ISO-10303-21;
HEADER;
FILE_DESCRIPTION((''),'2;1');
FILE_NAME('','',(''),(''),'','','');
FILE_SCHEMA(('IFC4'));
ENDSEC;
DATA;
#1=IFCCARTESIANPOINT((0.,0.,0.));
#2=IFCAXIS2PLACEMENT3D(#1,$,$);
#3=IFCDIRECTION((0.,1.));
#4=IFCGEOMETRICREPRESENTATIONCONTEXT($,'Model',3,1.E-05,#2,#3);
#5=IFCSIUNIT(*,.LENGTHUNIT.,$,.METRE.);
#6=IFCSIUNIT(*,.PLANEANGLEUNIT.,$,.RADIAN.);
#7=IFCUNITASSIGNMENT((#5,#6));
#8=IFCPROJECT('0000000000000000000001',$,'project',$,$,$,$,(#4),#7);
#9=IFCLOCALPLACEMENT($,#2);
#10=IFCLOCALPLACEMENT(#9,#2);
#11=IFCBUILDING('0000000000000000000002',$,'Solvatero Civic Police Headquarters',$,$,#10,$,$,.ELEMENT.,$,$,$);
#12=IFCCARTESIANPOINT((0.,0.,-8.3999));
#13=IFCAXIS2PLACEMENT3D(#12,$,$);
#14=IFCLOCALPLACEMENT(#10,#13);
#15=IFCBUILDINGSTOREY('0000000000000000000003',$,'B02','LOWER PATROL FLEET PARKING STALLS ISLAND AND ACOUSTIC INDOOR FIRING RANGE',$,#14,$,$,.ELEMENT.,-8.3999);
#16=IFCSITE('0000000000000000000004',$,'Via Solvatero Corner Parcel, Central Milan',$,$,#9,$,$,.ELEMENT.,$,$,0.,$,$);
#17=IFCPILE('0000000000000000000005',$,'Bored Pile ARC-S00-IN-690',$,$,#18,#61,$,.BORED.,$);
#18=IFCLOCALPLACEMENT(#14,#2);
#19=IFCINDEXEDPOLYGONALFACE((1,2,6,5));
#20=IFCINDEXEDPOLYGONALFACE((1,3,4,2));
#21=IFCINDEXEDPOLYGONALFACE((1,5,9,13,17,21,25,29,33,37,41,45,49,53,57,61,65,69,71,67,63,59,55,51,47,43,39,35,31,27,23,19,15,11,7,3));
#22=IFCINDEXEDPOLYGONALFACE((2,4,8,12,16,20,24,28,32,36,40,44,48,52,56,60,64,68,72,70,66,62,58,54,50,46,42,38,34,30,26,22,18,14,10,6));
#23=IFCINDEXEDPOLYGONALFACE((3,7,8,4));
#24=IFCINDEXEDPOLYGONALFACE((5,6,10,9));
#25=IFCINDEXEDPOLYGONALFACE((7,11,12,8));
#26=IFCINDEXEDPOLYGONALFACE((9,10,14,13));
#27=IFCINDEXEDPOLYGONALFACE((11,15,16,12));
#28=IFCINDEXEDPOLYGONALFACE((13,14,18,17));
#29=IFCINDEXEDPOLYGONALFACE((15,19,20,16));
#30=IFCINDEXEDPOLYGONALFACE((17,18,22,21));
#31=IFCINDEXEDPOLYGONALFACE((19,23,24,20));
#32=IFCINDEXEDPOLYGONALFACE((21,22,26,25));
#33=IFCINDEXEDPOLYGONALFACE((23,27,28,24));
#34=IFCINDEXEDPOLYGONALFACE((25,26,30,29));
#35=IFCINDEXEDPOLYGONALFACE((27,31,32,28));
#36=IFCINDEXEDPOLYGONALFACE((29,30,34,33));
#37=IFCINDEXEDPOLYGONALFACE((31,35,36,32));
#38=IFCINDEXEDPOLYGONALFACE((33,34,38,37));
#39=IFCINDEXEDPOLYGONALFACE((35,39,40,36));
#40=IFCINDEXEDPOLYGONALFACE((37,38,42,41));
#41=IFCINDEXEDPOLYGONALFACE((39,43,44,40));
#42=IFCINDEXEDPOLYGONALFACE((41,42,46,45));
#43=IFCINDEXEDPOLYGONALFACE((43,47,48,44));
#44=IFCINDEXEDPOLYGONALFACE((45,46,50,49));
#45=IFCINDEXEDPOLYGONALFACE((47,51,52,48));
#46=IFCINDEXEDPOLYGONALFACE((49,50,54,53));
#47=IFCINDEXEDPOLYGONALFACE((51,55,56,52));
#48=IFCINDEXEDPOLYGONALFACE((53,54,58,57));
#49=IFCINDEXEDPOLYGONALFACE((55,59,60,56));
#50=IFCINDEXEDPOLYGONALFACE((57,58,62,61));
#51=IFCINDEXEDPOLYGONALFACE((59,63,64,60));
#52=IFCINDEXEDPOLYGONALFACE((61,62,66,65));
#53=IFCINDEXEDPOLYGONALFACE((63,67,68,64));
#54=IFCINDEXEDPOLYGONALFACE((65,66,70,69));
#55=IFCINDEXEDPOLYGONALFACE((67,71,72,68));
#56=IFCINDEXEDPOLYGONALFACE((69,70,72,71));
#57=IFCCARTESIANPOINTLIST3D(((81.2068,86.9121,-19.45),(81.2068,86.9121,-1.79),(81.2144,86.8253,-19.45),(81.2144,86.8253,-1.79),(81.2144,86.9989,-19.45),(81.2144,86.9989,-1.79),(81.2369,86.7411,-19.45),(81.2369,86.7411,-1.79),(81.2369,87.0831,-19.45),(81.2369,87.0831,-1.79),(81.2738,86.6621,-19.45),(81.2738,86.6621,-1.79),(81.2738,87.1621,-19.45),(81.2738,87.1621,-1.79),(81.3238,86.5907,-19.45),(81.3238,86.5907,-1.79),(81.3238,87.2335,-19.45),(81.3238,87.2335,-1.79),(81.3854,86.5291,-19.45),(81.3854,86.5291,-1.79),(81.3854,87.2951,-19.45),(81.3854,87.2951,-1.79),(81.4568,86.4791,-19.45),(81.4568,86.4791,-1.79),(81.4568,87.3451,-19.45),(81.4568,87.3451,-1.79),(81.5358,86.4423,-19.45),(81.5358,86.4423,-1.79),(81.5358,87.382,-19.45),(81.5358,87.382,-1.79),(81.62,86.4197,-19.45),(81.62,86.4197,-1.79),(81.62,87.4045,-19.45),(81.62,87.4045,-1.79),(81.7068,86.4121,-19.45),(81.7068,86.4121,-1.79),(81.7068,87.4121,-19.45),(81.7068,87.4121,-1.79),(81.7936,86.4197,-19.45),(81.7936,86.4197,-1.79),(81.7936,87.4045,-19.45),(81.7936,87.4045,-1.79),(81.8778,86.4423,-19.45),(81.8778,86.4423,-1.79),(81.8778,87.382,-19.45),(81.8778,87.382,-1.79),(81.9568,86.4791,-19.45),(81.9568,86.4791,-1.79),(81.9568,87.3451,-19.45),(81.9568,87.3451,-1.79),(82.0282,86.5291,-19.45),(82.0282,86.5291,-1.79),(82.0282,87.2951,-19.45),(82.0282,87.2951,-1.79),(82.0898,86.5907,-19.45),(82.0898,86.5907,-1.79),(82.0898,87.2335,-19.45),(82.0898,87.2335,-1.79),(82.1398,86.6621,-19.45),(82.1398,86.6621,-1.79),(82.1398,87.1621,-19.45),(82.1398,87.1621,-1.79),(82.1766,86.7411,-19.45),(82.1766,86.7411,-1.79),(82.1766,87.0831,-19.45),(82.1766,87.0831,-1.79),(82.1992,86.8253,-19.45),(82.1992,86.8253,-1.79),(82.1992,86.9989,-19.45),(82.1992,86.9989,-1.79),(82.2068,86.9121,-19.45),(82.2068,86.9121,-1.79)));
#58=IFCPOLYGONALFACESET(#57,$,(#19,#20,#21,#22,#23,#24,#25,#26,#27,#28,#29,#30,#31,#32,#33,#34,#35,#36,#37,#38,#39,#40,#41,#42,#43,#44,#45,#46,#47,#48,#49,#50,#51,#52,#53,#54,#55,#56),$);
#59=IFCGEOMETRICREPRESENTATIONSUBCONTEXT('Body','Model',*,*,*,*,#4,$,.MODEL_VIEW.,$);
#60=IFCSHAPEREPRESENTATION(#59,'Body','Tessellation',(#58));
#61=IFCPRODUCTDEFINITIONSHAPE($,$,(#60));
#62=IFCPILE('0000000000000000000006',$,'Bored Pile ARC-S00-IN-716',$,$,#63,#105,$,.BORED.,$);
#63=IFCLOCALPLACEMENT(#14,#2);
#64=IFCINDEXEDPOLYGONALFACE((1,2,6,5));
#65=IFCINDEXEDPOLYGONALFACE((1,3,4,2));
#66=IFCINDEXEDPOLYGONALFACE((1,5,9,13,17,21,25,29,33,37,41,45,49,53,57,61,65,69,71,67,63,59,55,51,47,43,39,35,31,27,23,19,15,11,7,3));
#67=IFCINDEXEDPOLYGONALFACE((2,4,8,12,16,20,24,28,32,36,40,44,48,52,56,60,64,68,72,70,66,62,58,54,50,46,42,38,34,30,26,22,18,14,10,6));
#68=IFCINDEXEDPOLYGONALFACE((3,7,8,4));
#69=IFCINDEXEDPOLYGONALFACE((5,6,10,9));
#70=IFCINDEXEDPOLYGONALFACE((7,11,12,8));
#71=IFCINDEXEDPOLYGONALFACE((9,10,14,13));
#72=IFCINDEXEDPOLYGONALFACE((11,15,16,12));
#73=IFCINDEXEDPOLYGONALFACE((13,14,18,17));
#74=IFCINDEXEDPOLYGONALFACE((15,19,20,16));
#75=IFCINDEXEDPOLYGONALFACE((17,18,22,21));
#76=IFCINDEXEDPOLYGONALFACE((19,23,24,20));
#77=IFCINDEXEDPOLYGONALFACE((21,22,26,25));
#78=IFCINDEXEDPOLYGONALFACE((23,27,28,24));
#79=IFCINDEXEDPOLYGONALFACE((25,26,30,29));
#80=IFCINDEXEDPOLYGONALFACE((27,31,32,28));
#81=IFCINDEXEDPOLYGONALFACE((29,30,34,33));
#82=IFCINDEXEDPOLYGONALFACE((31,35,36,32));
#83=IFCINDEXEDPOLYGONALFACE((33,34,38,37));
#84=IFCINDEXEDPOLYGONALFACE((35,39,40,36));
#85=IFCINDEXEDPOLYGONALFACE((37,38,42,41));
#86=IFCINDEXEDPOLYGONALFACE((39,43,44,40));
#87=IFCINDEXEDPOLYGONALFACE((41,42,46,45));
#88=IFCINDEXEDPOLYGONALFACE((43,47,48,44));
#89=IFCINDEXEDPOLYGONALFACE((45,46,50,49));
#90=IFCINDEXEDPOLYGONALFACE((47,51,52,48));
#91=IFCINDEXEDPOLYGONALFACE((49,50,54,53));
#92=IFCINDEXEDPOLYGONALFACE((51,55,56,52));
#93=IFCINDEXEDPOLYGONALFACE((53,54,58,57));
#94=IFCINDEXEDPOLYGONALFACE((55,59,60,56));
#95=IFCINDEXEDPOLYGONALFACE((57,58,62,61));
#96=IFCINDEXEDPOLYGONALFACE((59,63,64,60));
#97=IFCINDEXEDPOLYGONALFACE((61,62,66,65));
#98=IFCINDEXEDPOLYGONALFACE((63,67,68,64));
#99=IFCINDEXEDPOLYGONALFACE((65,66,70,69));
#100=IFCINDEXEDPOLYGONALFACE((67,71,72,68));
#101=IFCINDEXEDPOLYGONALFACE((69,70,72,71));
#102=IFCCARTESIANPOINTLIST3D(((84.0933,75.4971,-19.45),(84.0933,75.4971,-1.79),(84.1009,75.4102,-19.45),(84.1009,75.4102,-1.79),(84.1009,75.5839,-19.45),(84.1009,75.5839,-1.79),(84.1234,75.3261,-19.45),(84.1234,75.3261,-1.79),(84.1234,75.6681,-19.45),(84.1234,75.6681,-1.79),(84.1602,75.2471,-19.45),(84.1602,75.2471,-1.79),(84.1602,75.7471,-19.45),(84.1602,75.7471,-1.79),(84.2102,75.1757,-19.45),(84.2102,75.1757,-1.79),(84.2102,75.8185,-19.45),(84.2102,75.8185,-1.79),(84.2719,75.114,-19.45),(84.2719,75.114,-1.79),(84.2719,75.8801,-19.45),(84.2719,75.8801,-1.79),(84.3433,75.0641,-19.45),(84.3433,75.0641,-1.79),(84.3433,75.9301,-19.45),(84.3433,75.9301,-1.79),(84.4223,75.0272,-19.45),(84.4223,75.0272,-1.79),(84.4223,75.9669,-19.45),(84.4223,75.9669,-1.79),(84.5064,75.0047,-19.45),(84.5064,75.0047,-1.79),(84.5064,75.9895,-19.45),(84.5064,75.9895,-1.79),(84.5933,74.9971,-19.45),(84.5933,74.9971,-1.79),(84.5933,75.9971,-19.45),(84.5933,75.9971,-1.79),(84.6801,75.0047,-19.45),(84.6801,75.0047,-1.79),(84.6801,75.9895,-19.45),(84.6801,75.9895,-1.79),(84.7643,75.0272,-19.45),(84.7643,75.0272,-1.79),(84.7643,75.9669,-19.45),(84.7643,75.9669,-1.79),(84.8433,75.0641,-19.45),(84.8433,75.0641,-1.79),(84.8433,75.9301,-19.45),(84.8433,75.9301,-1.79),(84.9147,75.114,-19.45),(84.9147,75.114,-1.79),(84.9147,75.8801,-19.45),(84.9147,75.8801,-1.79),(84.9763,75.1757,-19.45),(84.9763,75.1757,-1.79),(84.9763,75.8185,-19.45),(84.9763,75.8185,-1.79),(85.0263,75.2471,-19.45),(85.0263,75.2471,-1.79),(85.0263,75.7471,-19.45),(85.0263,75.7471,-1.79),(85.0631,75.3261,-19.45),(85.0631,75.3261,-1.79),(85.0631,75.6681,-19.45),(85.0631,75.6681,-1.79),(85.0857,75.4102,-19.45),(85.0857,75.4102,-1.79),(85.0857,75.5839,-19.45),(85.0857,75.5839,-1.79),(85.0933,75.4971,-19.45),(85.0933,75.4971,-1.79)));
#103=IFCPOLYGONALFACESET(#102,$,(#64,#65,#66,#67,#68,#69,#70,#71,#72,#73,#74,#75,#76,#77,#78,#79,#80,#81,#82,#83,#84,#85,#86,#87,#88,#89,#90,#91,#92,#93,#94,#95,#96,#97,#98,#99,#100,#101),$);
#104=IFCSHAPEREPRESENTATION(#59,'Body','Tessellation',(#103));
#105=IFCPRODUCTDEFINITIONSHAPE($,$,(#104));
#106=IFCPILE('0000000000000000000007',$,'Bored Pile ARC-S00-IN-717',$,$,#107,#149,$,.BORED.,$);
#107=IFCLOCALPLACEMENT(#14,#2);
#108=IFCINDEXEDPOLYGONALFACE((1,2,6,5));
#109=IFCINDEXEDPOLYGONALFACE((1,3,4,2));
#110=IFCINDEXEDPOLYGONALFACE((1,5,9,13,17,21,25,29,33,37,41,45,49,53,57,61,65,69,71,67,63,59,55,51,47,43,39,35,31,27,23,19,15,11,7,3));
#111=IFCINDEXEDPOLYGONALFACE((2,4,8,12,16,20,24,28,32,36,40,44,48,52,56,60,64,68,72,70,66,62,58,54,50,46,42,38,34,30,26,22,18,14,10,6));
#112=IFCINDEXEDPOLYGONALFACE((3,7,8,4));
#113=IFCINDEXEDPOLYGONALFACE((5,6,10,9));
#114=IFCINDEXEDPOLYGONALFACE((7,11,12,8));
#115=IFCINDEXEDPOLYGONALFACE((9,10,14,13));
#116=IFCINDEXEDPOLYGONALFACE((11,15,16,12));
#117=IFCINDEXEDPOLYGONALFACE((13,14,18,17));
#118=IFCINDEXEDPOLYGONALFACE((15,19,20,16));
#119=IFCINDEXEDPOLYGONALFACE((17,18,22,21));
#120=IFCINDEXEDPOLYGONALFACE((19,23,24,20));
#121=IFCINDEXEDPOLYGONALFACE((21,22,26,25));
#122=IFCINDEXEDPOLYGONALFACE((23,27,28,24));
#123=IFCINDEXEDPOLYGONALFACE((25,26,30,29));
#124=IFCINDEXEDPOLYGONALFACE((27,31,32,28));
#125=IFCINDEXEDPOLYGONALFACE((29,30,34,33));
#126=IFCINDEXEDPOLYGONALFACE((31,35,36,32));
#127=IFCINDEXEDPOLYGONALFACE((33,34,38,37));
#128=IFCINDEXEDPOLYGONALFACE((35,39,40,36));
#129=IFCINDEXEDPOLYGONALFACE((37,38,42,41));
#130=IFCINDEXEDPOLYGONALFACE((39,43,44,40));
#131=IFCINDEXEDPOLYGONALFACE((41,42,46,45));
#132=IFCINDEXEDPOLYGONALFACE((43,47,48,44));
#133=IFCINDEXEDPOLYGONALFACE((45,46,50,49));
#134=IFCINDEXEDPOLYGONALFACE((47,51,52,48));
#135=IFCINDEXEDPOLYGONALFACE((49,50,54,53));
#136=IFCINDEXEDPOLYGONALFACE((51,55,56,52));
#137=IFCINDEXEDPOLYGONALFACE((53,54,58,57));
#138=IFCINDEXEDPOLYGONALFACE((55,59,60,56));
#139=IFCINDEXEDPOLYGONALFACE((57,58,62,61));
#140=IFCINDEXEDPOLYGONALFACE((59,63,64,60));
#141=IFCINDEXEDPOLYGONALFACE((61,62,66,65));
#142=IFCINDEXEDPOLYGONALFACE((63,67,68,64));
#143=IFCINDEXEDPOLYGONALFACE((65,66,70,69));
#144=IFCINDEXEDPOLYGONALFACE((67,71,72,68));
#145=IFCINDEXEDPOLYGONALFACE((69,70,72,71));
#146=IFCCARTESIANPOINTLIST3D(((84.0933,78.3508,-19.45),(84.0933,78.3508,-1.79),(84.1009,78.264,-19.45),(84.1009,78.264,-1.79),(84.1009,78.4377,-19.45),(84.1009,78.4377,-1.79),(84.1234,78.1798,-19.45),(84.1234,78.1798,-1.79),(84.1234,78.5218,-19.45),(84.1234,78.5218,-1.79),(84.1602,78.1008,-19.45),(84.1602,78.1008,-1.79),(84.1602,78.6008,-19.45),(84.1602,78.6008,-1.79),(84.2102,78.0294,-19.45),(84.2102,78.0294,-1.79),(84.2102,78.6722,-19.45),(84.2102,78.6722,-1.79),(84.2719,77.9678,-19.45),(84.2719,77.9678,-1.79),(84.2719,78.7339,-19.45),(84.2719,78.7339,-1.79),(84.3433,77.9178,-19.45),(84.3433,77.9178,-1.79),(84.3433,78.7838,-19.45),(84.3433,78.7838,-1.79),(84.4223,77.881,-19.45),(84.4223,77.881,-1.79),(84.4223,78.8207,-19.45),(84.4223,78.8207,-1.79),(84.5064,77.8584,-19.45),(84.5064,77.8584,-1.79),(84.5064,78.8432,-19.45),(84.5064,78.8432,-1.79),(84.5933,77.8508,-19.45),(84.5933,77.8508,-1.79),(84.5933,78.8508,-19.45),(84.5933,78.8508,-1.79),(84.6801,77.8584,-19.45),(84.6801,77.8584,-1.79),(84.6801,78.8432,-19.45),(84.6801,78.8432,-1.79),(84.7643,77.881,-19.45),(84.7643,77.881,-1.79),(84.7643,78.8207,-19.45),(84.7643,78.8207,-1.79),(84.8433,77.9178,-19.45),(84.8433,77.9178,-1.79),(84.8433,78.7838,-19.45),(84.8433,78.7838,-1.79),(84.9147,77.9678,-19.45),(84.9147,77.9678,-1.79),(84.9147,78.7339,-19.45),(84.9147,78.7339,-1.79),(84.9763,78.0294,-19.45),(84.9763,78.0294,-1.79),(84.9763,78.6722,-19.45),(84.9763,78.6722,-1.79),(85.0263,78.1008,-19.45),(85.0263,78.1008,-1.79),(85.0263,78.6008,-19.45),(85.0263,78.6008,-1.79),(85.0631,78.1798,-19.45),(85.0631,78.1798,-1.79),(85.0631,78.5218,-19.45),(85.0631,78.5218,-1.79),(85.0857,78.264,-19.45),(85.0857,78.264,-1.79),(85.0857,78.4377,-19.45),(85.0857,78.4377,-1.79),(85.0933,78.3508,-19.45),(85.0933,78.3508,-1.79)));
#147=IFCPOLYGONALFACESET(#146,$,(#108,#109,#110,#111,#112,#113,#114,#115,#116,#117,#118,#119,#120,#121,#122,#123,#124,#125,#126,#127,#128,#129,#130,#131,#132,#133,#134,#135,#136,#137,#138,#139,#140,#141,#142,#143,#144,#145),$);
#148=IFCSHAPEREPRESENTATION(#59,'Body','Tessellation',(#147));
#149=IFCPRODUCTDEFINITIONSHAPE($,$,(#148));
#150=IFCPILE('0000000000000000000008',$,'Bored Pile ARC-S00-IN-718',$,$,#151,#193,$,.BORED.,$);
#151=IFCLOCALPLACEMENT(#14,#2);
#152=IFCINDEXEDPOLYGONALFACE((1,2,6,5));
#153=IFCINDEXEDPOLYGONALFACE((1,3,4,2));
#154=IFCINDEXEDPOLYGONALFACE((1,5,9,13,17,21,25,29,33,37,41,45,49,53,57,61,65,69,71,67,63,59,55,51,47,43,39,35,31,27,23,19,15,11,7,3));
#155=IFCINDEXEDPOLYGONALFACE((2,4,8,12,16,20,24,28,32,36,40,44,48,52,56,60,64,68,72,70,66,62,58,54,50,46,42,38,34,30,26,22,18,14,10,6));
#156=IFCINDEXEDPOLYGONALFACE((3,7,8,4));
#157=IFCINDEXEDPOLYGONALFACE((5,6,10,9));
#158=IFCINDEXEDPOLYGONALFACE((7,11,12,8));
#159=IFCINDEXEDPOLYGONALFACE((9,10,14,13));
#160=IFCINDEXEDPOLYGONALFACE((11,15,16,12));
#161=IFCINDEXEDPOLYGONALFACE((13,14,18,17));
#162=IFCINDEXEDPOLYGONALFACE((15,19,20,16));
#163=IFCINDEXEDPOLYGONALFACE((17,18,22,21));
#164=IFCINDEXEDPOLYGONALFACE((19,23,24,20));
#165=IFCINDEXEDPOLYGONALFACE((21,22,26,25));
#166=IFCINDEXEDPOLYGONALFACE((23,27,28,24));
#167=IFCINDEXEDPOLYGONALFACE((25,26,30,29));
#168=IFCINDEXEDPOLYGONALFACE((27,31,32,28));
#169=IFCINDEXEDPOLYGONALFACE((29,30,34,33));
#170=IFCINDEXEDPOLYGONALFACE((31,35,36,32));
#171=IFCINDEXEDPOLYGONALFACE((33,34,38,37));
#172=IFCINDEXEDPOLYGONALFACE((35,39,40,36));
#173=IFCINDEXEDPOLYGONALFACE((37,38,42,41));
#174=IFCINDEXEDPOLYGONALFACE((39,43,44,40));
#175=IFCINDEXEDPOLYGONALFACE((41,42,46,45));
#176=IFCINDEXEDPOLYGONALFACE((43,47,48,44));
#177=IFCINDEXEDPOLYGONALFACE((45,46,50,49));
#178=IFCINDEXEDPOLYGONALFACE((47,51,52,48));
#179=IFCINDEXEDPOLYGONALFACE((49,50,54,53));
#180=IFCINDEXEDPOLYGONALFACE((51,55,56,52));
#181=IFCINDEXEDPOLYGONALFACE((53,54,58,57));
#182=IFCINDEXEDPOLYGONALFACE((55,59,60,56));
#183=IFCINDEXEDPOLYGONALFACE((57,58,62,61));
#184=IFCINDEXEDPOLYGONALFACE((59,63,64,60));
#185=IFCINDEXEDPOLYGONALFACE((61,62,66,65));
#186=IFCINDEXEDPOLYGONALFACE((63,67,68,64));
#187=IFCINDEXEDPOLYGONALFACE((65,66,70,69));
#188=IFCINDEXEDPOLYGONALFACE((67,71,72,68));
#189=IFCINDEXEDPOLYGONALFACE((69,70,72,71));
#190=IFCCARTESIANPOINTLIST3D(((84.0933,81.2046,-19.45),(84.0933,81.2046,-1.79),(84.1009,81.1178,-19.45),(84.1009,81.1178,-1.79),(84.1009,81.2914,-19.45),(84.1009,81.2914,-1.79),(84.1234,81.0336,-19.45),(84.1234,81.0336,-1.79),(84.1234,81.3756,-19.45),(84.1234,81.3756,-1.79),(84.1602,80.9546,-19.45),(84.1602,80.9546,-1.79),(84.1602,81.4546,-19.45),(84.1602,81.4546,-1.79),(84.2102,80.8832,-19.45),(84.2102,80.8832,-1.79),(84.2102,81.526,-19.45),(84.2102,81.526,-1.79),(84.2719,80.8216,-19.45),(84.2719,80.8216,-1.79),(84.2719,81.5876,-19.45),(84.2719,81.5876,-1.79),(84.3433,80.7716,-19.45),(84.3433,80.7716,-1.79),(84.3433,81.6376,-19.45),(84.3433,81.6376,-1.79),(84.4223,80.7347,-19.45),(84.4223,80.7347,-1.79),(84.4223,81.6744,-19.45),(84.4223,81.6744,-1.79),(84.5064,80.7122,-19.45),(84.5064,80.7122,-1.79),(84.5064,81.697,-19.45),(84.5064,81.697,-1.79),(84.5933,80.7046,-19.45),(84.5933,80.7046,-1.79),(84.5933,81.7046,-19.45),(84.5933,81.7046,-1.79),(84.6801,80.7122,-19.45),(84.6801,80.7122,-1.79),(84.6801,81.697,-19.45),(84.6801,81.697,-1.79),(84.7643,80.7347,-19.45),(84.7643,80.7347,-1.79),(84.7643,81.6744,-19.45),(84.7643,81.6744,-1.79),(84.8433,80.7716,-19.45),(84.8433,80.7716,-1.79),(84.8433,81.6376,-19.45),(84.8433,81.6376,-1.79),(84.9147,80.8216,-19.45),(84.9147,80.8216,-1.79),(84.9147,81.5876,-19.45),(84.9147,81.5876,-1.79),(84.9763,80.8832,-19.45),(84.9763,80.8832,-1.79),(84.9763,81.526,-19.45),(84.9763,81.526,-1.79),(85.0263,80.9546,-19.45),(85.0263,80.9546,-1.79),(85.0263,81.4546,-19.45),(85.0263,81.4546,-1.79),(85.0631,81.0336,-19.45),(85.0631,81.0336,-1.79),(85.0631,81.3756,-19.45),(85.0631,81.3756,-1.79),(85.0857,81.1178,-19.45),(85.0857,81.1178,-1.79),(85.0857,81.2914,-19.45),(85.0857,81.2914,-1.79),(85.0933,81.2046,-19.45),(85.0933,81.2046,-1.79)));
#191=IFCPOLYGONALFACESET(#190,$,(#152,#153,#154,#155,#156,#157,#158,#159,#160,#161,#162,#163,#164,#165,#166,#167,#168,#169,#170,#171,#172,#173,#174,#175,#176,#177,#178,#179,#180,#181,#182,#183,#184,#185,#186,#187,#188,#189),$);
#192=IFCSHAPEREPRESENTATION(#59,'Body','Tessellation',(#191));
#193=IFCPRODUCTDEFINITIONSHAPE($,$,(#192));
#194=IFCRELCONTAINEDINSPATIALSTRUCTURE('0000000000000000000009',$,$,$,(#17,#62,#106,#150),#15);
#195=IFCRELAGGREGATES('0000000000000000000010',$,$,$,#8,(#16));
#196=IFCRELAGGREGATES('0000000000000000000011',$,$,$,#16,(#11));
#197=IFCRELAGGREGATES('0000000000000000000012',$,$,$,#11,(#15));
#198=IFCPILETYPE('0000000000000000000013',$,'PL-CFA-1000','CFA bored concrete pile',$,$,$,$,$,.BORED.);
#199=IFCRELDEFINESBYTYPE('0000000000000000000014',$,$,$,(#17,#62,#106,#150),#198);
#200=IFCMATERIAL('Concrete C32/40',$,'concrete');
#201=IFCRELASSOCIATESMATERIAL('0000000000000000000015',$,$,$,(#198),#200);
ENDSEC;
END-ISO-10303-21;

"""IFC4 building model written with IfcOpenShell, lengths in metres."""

from ifc_helpers import new_model, si_unit, direction, frame, origin, origin_2d, place, context, subcontext, project, spatial, circle, extrude, material, material_profile, profile_set, type_object, element, save


model = new_model("IFC4")

# Units and contexts
model_context = context("Model", 3, precision=1e-05, world=origin(), true_north=direction((0.0, 1.0)))
body_context = subcontext(model_context, "Body", "Model", "MODEL_VIEW")
ifc_project = project(units=[si_unit("LENGTHUNIT", "METRE"), si_unit("PLANEANGLEUNIT", "RADIAN")], contexts=[model_context])

# Site, building, storey
site_placement = place(None, origin())
site = spatial("IfcSite", under=ifc_project, at=site_placement, Name="Via Solvatero Corner Parcel, Central Milan", CompositionType="ELEMENT", RefElevation=0.0)
building_placement = place(site_placement, origin())
building = spatial("IfcBuilding", under=site, at=building_placement, Name="Solvatero Civic Police Headquarters", CompositionType="ELEMENT")
storey_placement = place(building_placement, frame((0.0, 0.0, -8.3999)))
storey = spatial("IfcBuildingStorey", under=building, at=storey_placement, Name="B02", Description="LOWER PATROL FLEET PARKING STALLS ISLAND AND ACOUSTIC INDOOR FIRING RANGE", CompositionType="ELEMENT", Elevation=-8.3999)

# Piles
ifc_material_1 = material(Name="Concrete C32/40", Category="concrete")
ifc_material_profile_1 = material_profile(ifc_material_1, circle(Radius=0.5, at=origin_2d()), Name="CFA PILE D1000")
ifc_profile_set_1 = profile_set([ifc_material_profile_1], Name="Concrete C32/40")
pile_type_1 = type_object("IfcPileType", Name="PL-CFA-1000", Description="CFA bored concrete pile", PredefinedType="BORED", material=ifc_profile_set_1)
for number, where, z_axis, x_axis, name in (
    (1, (81.7068, 86.9121, -1.79), (0.0, 0.0, -1.0), (1.0, 0.0, 0.0), "Bored Pile ARC-S00-IN-690"),
    (2, (84.5933, 75.4971, -1.79), (0.0, 0.0, -1.0), (1.0, 0.0, 0.0), "Bored Pile ARC-S00-IN-716"),
    (3, (84.5933, 78.3508, -1.79), (0.0, 0.0, -1.0), (1.0, 0.0, 0.0), "Bored Pile ARC-S00-IN-717"),
    (4, (84.5933, 81.2046, -1.79), (0.0, 0.0, -1.0), (1.0, 0.0, 0.0), "Bored Pile ARC-S00-IN-718"),
):
    element("IfcPile", number, at=place(storey_placement, frame(where, z_axis=z_axis, x_axis=x_axis)), inside=storey, type_object=pile_type_1, Name=name, PredefinedType="BORED", context=body_context, shape_type="SweptSolid", body=[
        extrude(circle(Radius=0.5, at=origin_2d()), origin(), (0.0, 0.0, 1.0), 17.6599),
    ])

save(model, "model.ifc")
